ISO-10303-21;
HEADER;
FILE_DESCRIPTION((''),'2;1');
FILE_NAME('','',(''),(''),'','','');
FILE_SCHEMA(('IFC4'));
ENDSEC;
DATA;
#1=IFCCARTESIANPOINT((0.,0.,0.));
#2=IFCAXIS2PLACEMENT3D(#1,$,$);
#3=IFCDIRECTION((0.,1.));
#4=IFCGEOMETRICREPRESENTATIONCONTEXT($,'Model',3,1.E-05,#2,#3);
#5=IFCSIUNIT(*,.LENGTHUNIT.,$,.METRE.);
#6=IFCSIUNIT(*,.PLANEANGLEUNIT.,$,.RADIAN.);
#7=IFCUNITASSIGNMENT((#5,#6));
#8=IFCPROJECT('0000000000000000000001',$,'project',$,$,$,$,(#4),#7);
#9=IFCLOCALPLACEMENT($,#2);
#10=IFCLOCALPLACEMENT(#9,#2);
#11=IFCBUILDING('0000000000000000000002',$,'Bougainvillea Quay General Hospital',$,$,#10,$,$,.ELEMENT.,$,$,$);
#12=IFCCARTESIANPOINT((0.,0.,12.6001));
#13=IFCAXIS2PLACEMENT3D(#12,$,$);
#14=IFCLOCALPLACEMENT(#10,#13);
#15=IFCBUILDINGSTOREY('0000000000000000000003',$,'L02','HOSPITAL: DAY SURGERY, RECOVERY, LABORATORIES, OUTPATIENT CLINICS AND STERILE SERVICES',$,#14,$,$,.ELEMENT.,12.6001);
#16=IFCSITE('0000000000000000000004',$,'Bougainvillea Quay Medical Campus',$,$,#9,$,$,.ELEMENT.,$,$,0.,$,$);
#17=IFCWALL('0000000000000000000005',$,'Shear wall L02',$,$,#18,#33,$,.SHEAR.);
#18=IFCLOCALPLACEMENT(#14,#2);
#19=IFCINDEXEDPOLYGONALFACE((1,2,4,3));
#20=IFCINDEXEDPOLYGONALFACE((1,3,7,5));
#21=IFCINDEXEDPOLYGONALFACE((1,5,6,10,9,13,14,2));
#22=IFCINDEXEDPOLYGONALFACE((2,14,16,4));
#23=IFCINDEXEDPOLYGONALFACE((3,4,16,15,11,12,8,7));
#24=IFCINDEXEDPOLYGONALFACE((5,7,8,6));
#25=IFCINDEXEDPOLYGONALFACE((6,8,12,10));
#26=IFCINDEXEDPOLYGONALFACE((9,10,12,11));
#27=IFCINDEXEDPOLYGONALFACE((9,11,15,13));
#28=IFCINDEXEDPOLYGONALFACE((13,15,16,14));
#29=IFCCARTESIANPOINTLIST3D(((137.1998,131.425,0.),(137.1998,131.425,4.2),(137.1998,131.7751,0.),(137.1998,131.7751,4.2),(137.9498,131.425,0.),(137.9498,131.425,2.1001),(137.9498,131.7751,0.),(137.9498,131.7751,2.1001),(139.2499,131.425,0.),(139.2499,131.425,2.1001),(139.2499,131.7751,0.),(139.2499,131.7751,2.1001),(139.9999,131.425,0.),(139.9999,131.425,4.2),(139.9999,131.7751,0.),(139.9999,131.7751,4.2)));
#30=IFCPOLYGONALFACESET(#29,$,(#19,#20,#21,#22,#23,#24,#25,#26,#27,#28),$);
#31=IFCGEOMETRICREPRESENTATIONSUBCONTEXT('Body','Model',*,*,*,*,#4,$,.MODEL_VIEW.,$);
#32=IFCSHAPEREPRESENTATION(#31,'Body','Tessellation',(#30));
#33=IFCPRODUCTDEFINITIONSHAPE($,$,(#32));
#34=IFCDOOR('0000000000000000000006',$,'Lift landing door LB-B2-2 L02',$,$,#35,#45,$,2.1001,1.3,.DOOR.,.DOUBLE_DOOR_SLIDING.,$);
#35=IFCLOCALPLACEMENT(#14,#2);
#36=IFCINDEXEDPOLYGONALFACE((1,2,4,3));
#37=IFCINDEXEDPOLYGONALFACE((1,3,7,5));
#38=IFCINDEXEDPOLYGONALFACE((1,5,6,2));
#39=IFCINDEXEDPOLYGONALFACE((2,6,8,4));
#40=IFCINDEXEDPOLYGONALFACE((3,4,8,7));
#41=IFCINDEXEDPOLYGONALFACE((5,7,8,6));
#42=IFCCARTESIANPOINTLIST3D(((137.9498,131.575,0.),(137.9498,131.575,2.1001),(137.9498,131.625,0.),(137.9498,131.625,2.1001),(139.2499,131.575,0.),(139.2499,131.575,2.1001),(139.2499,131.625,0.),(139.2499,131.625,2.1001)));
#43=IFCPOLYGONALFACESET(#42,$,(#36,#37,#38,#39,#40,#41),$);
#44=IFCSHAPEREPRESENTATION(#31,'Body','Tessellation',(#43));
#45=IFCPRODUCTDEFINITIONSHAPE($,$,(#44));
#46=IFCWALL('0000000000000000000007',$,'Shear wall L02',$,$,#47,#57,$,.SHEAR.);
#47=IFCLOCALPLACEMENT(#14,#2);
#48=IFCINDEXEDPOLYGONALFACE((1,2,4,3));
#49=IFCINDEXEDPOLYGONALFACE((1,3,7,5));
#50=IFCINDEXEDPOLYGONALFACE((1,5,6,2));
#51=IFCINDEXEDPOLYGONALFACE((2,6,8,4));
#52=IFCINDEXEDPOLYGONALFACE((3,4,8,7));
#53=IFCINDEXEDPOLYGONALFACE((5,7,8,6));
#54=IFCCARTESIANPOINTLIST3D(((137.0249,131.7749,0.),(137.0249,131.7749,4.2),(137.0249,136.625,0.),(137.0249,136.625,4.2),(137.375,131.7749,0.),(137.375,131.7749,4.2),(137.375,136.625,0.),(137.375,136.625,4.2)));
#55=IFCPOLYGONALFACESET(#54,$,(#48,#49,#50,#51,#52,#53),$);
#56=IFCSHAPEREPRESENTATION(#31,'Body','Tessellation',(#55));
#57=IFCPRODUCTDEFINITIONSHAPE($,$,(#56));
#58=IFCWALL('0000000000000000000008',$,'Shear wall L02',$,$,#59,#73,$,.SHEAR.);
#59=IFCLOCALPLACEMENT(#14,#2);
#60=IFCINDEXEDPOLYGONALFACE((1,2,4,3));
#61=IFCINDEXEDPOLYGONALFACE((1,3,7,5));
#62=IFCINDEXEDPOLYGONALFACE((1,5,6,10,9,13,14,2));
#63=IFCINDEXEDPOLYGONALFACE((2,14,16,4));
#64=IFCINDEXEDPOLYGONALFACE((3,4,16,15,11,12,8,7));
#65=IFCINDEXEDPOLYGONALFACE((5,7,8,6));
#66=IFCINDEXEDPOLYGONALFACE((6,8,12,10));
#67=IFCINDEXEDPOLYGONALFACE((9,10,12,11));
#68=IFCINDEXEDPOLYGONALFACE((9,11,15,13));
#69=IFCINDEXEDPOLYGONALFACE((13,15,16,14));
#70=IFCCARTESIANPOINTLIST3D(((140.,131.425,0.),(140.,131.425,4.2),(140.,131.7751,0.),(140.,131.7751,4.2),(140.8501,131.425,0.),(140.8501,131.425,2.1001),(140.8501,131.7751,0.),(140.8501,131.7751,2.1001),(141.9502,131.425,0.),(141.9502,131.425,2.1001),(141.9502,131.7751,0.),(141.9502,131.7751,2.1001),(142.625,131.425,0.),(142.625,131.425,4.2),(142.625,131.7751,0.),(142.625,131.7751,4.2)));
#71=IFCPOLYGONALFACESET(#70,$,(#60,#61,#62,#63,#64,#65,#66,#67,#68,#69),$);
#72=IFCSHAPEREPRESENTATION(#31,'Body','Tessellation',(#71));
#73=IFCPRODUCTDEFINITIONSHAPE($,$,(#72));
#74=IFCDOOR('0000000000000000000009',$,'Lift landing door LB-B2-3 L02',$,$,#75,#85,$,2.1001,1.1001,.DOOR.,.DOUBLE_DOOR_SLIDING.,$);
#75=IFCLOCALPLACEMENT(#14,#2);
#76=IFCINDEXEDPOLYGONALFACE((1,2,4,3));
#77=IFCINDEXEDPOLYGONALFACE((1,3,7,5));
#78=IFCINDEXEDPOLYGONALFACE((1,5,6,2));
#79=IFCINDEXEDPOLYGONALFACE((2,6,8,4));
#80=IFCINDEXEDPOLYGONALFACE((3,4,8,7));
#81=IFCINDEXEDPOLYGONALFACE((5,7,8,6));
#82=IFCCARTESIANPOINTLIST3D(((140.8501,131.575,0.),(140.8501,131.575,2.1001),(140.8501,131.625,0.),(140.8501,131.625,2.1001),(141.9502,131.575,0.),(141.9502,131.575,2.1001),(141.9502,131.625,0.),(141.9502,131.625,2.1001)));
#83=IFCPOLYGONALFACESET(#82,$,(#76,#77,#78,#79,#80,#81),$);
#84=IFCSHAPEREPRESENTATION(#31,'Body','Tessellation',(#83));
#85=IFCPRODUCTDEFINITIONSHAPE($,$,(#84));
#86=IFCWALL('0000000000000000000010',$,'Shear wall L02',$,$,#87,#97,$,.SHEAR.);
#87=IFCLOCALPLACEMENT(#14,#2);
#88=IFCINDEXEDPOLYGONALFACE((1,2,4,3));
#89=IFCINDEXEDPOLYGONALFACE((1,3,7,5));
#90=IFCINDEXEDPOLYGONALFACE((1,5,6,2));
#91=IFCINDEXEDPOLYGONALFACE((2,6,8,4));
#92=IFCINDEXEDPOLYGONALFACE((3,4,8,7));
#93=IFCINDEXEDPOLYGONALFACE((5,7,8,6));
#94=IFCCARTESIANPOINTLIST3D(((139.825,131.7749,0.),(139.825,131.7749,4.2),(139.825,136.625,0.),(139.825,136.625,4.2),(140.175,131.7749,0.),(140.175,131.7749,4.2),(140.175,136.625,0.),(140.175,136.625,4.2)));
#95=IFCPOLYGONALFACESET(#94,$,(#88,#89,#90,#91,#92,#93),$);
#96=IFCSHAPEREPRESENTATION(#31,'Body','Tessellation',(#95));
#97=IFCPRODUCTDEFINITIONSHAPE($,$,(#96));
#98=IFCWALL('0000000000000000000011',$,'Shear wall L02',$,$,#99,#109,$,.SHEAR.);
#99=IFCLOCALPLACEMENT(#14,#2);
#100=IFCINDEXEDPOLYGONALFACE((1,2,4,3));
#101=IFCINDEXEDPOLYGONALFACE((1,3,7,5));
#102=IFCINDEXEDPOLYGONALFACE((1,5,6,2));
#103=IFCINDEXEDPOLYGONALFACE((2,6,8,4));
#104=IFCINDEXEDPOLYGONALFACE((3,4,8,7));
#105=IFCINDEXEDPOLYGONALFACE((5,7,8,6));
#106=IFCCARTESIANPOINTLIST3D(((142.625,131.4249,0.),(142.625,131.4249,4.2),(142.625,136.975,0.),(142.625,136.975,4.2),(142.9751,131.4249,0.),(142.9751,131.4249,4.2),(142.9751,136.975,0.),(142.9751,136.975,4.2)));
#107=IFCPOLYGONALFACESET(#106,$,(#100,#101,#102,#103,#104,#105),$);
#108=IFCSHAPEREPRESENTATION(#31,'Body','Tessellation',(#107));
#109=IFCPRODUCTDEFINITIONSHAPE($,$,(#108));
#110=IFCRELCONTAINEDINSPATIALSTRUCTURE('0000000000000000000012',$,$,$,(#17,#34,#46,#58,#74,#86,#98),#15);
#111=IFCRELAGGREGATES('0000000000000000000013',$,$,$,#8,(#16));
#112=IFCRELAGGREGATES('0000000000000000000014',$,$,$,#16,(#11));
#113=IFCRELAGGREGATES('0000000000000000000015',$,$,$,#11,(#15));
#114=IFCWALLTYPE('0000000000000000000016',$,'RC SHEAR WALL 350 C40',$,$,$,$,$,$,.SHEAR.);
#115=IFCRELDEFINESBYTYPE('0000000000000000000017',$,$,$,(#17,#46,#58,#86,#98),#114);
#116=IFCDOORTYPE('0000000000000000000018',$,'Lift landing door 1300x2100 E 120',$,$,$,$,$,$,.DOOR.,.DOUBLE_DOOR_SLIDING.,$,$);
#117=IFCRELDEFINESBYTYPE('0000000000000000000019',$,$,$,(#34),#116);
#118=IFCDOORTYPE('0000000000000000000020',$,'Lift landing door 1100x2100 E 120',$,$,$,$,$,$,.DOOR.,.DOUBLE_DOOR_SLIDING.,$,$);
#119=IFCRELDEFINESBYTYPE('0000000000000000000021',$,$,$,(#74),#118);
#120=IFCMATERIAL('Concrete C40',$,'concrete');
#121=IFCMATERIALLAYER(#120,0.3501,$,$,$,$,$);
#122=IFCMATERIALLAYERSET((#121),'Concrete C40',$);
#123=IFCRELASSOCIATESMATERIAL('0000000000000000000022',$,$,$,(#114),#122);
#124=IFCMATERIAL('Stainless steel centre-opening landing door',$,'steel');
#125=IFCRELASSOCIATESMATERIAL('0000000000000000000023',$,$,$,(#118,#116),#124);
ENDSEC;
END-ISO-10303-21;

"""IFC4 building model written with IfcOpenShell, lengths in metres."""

from ifc_helpers import new_model, si_unit, direction, frame, frame_2d, origin, place, context, subcontext, project, spatial, rectangle, extrude, material, layer, layer_set, type_object, element, fill, save


model = new_model("IFC4")

# Units and contexts
model_context = context("Model", 3, precision=1e-05, world=origin(), true_north=direction((0.0, 1.0)))
body_context = subcontext(model_context, "Body", "Model", "MODEL_VIEW")
ifc_project = project(units=[si_unit("LENGTHUNIT", "METRE"), si_unit("PLANEANGLEUNIT", "RADIAN")], contexts=[model_context])

# Site, building, storey
site_placement = place(None, origin())
site = spatial("IfcSite", under=ifc_project, at=site_placement, Name="Bougainvillea Quay Medical Campus", CompositionType="ELEMENT", RefElevation=0.0)
building_placement = place(site_placement, origin())
building = spatial("IfcBuilding", under=site, at=building_placement, Name="Bougainvillea Quay General Hospital", CompositionType="ELEMENT")
storey_placement = place(building_placement, frame((0.0, 0.0, 12.6001)))
storey = spatial("IfcBuildingStorey", under=building, at=storey_placement, Name="L02", Description="HOSPITAL: DAY SURGERY, RECOVERY, LABORATORIES, OUTPATIENT CLINICS AND STERILE SERVICES", CompositionType="ELEMENT", Elevation=12.6001)

# Shared definitions
ifc_material_1 = material(Name="Concrete C40", Category="concrete")

# Shared definitions
ifc_layer_1 = layer(ifc_material_1, 0.3501)
ifc_layer_set_1 = layer_set([ifc_layer_1], Name="Concrete C40")
wall_type_1 = type_object("IfcWallType", Name="RC SHEAR WALL 350 C40", PredefinedType="SHEAR", material=ifc_layer_set_1)

# Wall, opening, door
ifc_material_2 = material(Name="Stainless steel centre-opening landing door", Category="steel")
door_type_1 = type_object("IfcDoorType", Name="Lift landing door 1100x2100 E 120", OperationType="DOUBLE_DOOR_SLIDING", PredefinedType="DOOR", material=ifc_material_2)
wall_1_placement = place(storey_placement, frame((137.2, 131.6001, 0.0), z_axis=(0.0, 0.0, 1.0), x_axis=(1.0, 0.0, 0.0)))
wall_1 = element("IfcWall", 1, at=wall_1_placement, inside=storey, type_object=wall_type_1, Name="Shear wall L02", PredefinedType="SHEAR", context=body_context, shape_type="SweptSolid", body=[
    extrude(rectangle(XDim=2.8, YDim=0.3501, at=frame_2d((1.3999, 0.0))), origin(), (0.0, 0.0, 1.0), 4.2),
])
opening_1_placement = place(wall_1_placement, frame((0.75, 0.0, 0.0)))
opening_1 = element("IfcOpeningElement", 2, at=opening_1_placement, cuts=wall_1, PredefinedType="OPENING", context=body_context, shape_type="SweptSolid", body=[
    extrude(rectangle(XDim=1.3, YDim=2.1001, at=frame_2d((0.6499, 1.05))), frame((0.0, 0.1851, 0.0), z_axis=(0.0, -1.0, 0.0), x_axis=(1.0, 0.0, 0.0)), (0.0, 0.0, 1.0), 0.3701),
])
door_type_2 = type_object("IfcDoorType", Name="Lift landing door 1300x2100 E 120", OperationType="DOUBLE_DOOR_SLIDING", PredefinedType="DOOR", material=ifc_material_2)
door_1_placement = place(opening_1_placement, origin())
door_1 = element("IfcDoor", 3, at=door_1_placement, inside=storey, type_object=door_type_2, Name="Lift landing door LB-B2-2 L02", OperationType="DOUBLE_DOOR_SLIDING", OverallHeight=2.1001, OverallWidth=1.3, PredefinedType="DOOR", context=body_context, shape_type="SweptSolid", body=[
    extrude(rectangle(XDim=1.3, YDim=2.1001, at=frame_2d((0.6499, 1.05))), frame((0.0, 0.0249, 0.0), z_axis=(0.0, -1.0, 0.0), x_axis=(1.0, 0.0, 0.0)), (0.0, 0.0, 1.0), 0.05),
])
fill(opening_1, door_1)

# Wall
wall_2_placement = place(storey_placement, frame((137.2, 131.7749, 0.0), z_axis=(0.0, 0.0, 1.0), x_axis=(0.0, 1.0, 0.0)))
element("IfcWall", 4, at=wall_2_placement, inside=storey, type_object=wall_type_1, Name="Shear wall L02", PredefinedType="SHEAR", context=body_context, shape_type="SweptSolid", body=[
    extrude(rectangle(XDim=4.8501, YDim=0.3501, at=frame_2d((2.425, 0.0))), origin(), (0.0, 0.0, 1.0), 4.2),
])

# Wall, opening, door
wall_3_placement = place(storey_placement, frame((140.0, 131.6001, 0.0), z_axis=(0.0, 0.0, 1.0), x_axis=(1.0, 0.0, 0.0)))
wall_3 = element("IfcWall", 5, at=wall_3_placement, inside=storey, type_object=wall_type_1, Name="Shear wall L02", PredefinedType="SHEAR", context=body_context, shape_type="SweptSolid", body=[
    extrude(rectangle(XDim=2.625, YDim=0.3501, at=frame_2d((1.3125, 0.0))), origin(), (0.0, 0.0, 1.0), 4.2),
])
opening_2_placement = place(wall_3_placement, frame((0.8501, 0.0, 0.0)))
opening_2 = element("IfcOpeningElement", 6, at=opening_2_placement, cuts=wall_3, PredefinedType="OPENING", context=body_context, shape_type="SweptSolid", body=[
    extrude(rectangle(XDim=1.1001, YDim=2.1001, at=frame_2d((0.55, 1.05))), frame((0.0, 0.1851, 0.0), z_axis=(0.0, -1.0, 0.0), x_axis=(1.0, 0.0, 0.0)), (0.0, 0.0, 1.0), 0.3701),
])
door_2_placement = place(opening_2_placement, origin())
door_2 = element("IfcDoor", 7, at=door_2_placement, inside=storey, type_object=door_type_1, Name="Lift landing door LB-B2-3 L02", OperationType="DOUBLE_DOOR_SLIDING", OverallHeight=2.1001, OverallWidth=1.1001, PredefinedType="DOOR", context=body_context, shape_type="SweptSolid", body=[
    extrude(rectangle(XDim=1.1001, YDim=2.1001, at=frame_2d((0.55, 1.05))), frame((0.0, 0.0249, 0.0), z_axis=(0.0, -1.0, 0.0), x_axis=(1.0, 0.0, 0.0)), (0.0, 0.0, 1.0), 0.05),
])
fill(opening_2, door_2)

# Walls
wall_4_placement = place(storey_placement, frame((140.0, 131.7749, 0.0), z_axis=(0.0, 0.0, 1.0), x_axis=(0.0, 1.0, 0.0)))
element("IfcWall", 8, at=wall_4_placement, inside=storey, type_object=wall_type_1, Name="Shear wall L02", PredefinedType="SHEAR", context=body_context, shape_type="SweptSolid", body=[
    extrude(rectangle(XDim=4.8501, YDim=0.3501, at=frame_2d((2.425, 0.0))), origin(), (0.0, 0.0, 1.0), 4.2),
])
wall_5_placement = place(storey_placement, frame((142.8, 131.425, 0.0), z_axis=(0.0, 0.0, 1.0), x_axis=(0.0, 1.0, 0.0)))
element("IfcWall", 9, at=wall_5_placement, inside=storey, type_object=wall_type_1, Name="Shear wall L02", PredefinedType="SHEAR", context=body_context, shape_type="SweptSolid", body=[
    extrude(rectangle(XDim=5.55, YDim=0.3501, at=frame_2d((2.7749, 0.0))), origin(), (0.0, 0.0, 1.0), 4.2),
])

save(model, "model.ifc")
